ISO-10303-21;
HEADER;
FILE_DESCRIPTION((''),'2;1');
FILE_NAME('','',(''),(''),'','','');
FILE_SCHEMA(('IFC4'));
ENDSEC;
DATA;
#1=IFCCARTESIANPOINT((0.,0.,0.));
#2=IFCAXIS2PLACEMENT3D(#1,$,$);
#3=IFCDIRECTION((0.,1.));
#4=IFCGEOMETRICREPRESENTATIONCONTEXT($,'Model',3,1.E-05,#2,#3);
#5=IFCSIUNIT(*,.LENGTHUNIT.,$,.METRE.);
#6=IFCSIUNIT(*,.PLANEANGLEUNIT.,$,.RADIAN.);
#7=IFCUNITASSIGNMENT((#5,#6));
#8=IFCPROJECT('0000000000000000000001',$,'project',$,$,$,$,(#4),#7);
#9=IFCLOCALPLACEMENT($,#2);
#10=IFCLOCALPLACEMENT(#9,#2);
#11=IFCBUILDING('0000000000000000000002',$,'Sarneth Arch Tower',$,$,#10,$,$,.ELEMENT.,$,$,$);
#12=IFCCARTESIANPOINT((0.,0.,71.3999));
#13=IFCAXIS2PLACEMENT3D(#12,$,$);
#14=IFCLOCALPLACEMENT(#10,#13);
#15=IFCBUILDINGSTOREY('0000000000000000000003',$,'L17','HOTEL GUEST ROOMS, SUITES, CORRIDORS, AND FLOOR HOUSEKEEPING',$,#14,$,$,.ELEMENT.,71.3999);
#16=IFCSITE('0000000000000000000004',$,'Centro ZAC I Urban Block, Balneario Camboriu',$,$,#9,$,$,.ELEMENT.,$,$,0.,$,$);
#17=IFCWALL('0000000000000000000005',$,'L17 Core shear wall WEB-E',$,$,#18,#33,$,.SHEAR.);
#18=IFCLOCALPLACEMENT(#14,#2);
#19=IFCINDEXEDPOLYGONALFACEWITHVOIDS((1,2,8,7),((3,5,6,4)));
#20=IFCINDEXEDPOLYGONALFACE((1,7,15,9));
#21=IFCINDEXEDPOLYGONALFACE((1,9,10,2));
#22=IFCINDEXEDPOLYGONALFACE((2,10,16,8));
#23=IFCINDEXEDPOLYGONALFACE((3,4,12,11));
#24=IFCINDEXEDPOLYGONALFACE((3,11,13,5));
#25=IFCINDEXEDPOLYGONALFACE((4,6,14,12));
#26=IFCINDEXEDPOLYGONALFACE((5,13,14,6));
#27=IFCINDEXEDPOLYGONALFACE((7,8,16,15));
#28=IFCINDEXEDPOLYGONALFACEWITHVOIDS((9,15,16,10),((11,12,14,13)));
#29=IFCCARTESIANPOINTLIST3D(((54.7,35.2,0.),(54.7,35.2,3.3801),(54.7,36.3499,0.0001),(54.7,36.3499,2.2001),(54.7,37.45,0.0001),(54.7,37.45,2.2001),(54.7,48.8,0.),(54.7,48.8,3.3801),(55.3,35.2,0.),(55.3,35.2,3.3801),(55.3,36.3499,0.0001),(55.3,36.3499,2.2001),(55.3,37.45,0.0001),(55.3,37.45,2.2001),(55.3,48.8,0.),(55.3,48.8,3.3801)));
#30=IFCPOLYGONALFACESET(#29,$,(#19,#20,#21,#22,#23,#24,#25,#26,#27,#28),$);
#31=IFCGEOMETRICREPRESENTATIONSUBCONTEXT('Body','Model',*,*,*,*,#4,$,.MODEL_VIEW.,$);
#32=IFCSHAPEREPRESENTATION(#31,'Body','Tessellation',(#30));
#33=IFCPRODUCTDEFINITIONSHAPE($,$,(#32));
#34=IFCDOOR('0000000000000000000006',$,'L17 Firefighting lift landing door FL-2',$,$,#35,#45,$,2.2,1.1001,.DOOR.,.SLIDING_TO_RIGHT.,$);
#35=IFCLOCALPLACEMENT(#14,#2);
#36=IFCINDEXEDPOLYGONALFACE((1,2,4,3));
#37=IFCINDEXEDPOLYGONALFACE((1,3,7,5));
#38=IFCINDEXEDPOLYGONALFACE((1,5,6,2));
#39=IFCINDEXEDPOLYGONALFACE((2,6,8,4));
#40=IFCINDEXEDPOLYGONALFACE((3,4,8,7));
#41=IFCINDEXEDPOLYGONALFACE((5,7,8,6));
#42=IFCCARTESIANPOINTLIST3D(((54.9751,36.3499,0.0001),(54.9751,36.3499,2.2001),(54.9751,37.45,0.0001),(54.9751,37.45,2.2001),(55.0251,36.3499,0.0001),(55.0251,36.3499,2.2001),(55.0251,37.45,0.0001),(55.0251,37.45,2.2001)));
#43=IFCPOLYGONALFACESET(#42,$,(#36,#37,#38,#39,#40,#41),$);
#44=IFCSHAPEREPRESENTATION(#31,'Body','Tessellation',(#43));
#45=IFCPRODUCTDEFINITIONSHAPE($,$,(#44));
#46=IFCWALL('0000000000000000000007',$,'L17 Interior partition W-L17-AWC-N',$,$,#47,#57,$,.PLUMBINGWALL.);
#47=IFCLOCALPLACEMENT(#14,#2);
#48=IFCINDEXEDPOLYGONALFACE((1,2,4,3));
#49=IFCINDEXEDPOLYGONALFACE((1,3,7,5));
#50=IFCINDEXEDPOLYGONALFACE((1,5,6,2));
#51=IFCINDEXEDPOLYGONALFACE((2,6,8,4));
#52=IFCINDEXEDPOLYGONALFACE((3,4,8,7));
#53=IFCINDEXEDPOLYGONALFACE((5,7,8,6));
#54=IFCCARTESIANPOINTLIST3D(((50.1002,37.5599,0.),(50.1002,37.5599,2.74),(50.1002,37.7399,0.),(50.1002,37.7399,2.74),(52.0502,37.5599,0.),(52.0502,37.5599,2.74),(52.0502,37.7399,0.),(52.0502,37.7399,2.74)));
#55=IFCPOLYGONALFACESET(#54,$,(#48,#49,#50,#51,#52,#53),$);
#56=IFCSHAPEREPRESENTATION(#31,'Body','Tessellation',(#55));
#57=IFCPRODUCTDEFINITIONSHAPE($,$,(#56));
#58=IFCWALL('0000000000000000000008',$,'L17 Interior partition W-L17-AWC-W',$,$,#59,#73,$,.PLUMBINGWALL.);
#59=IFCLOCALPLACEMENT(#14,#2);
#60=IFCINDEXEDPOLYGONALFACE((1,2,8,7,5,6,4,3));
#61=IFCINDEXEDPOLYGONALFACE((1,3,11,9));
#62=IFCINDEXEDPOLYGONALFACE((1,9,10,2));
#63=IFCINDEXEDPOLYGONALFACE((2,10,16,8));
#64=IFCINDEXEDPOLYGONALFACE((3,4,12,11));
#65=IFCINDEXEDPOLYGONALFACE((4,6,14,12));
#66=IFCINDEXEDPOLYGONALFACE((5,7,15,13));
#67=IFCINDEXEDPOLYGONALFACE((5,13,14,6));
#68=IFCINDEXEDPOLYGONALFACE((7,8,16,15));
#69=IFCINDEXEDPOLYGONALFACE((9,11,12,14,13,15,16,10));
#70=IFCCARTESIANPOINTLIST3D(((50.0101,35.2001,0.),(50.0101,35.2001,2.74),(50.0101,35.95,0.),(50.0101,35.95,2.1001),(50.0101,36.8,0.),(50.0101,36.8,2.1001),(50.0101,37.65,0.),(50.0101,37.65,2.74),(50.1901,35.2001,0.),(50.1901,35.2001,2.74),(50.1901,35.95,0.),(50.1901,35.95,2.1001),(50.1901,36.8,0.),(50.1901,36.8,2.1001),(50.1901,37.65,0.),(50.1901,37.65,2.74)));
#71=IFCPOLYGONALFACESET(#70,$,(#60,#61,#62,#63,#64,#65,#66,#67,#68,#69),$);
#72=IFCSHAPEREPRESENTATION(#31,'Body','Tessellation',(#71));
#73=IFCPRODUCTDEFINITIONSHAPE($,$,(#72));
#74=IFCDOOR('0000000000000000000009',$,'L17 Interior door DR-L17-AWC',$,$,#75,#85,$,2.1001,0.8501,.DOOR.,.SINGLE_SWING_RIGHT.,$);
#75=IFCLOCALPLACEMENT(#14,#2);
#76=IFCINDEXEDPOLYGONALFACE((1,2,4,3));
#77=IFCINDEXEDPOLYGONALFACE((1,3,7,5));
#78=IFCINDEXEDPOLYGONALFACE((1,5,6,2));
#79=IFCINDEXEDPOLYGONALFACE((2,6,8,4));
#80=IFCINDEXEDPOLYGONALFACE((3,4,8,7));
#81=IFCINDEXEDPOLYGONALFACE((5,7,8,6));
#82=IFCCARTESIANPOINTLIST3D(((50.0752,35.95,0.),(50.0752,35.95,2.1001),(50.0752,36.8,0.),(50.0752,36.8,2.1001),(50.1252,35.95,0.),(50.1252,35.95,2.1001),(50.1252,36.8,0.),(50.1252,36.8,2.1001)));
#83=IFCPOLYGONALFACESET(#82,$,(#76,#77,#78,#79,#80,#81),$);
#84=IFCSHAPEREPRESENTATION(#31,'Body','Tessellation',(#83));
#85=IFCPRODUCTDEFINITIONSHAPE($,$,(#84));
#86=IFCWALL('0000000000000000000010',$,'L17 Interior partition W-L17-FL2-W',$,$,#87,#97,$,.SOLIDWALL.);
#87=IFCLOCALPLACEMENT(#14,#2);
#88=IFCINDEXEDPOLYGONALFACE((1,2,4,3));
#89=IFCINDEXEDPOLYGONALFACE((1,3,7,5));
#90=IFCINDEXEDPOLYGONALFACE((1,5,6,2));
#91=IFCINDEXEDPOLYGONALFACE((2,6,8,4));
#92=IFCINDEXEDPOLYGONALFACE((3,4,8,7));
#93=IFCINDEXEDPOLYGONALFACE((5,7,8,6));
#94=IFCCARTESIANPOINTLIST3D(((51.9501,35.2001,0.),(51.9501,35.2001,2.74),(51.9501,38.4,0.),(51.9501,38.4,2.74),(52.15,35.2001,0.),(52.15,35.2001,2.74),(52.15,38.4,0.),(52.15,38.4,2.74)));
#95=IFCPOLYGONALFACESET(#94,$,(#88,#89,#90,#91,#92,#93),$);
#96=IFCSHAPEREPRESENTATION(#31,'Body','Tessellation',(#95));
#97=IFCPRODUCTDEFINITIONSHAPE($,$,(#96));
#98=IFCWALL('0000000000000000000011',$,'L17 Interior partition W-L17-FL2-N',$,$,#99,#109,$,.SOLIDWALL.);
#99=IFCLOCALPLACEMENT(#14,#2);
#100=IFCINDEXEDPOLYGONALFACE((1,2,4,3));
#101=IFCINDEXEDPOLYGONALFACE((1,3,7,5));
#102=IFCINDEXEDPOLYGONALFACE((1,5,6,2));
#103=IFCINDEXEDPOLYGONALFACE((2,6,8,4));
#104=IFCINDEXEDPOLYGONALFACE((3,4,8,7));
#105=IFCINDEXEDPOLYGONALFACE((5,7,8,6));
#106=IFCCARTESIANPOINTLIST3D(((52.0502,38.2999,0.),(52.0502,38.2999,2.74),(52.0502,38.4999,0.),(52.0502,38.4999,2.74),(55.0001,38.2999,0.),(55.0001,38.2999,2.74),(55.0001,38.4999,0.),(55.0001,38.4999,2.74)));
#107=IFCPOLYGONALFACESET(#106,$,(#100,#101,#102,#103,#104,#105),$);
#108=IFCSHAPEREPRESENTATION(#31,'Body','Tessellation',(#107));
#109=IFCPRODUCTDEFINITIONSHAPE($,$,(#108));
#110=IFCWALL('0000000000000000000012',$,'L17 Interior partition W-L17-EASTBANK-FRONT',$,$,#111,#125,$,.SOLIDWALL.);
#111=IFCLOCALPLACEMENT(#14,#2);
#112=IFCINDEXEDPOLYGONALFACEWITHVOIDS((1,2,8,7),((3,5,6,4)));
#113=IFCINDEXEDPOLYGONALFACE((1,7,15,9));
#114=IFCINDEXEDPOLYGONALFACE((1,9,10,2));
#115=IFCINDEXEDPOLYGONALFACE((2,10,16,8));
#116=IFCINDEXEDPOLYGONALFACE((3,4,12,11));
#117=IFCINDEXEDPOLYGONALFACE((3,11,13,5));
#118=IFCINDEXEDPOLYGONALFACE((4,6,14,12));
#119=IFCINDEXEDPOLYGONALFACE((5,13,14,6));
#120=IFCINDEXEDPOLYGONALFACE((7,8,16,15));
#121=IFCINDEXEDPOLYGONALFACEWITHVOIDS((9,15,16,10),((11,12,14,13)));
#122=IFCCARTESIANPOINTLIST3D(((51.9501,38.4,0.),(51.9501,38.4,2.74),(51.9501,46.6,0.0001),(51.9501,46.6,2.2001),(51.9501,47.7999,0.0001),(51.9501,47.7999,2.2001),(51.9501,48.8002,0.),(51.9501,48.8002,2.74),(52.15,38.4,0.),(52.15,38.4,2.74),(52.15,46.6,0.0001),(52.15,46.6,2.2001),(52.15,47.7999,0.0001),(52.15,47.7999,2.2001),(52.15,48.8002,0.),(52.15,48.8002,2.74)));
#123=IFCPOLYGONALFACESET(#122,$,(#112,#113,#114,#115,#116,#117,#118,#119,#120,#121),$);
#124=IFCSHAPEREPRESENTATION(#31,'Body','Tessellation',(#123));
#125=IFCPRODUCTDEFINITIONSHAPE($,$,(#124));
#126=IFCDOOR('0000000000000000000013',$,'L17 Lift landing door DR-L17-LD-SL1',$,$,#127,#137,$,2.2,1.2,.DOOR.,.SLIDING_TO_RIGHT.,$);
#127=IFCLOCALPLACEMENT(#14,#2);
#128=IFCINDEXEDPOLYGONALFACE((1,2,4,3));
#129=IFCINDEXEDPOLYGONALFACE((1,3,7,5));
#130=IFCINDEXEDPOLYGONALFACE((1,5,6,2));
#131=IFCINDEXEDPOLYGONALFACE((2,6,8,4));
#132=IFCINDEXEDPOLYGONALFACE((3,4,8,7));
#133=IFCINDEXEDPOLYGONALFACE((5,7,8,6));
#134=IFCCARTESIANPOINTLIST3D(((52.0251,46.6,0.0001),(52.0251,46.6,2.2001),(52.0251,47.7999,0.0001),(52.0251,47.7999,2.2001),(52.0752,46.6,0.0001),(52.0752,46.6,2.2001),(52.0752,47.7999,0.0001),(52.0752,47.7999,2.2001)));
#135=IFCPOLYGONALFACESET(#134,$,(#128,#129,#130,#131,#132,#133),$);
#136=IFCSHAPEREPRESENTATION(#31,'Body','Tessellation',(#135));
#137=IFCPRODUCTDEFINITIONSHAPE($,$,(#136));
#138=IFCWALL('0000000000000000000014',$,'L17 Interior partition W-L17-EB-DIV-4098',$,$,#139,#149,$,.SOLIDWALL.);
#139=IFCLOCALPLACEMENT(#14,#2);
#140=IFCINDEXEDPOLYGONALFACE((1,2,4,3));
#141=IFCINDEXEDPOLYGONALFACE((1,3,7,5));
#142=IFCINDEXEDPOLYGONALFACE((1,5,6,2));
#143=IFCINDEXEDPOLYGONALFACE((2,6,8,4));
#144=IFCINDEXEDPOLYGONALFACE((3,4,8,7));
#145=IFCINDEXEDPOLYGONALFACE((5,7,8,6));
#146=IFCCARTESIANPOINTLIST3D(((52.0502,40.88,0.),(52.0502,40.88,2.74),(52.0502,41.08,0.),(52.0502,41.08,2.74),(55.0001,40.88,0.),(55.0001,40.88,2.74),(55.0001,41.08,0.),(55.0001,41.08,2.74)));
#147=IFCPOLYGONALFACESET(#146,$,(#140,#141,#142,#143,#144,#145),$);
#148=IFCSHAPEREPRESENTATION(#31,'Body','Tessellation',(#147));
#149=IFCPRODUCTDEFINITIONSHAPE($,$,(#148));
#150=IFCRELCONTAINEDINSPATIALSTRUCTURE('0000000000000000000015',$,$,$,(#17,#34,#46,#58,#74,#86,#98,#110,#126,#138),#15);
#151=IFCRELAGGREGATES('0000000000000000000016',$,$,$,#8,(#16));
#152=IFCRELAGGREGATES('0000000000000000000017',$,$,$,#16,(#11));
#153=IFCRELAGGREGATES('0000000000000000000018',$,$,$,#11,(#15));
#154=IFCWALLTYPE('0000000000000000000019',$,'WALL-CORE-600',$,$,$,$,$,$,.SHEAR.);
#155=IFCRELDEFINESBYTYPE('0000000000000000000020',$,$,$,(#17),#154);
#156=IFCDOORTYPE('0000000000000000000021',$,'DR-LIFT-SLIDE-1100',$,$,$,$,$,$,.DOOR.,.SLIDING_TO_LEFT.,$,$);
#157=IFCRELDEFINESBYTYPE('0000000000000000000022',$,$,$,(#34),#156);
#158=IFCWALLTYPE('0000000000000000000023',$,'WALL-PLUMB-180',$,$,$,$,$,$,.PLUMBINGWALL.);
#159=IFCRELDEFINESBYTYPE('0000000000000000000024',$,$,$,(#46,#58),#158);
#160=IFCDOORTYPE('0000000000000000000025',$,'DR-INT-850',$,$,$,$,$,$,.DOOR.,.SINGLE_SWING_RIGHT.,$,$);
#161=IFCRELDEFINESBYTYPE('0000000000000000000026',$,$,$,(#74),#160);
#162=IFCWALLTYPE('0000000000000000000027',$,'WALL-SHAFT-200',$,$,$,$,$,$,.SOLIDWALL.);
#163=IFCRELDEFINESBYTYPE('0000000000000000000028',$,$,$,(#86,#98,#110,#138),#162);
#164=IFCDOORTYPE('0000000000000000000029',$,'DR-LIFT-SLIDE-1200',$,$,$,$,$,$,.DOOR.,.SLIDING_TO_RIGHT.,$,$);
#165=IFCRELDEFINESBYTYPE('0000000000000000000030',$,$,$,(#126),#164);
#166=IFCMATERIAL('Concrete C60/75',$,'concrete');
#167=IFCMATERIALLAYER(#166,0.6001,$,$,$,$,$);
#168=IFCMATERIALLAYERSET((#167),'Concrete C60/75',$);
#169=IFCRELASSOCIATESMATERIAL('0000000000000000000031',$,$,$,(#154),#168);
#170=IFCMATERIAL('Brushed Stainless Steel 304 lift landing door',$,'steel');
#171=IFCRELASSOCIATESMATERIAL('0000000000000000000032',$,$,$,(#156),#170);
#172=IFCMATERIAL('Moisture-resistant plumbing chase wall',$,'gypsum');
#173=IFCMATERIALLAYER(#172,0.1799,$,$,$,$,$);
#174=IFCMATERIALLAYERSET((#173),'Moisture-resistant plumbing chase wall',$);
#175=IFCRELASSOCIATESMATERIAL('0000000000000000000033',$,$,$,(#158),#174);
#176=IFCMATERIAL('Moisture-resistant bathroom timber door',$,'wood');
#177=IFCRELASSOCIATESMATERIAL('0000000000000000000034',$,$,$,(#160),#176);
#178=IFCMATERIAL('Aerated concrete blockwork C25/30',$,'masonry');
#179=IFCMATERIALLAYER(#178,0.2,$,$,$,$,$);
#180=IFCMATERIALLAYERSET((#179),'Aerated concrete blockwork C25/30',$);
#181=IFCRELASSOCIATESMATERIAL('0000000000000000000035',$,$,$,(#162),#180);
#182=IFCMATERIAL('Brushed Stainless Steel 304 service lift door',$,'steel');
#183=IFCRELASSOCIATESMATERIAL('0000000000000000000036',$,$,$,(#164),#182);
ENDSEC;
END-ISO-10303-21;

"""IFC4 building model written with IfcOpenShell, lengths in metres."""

from ifc_helpers import new_model, si_unit, direction, frame, frame_2d, origin, place, context, subcontext, project, spatial, rectangle, extrude, material, layer, layer_set, type_object, element, fill, save


model = new_model("IFC4")

# Units and contexts
model_context = context("Model", 3, precision=1e-05, world=origin(), true_north=direction((0.0, 1.0)))
body_context = subcontext(model_context, "Body", "Model", "MODEL_VIEW")
ifc_project = project(units=[si_unit("LENGTHUNIT", "METRE"), si_unit("PLANEANGLEUNIT", "RADIAN")], contexts=[model_context])

# Site, building, storey
site_placement = place(None, origin())
site = spatial("IfcSite", under=ifc_project, at=site_placement, Name="Centro ZAC I Urban Block, Balneario Camboriu", CompositionType="ELEMENT", RefElevation=0.0)
building_placement = place(site_placement, origin())
building = spatial("IfcBuilding", under=site, at=building_placement, Name="Sarneth Arch Tower", CompositionType="ELEMENT")
storey_placement = place(building_placement, frame((0.0, 0.0, 71.3999)))
storey = spatial("IfcBuildingStorey", under=building, at=storey_placement, Name="L17", Description="HOTEL GUEST ROOMS, SUITES, CORRIDORS, AND FLOOR HOUSEKEEPING", CompositionType="ELEMENT", Elevation=71.3999)

# Shared definitions
ifc_material_1 = material(Name="Concrete C60/75", Category="concrete")
ifc_layer_1 = layer(ifc_material_1, 0.6001)
ifc_layer_set_1 = layer_set([ifc_layer_1], Name="Concrete C60/75")
wall_type_1 = type_object("IfcWallType", Name="WALL-CORE-600", PredefinedType="SHEAR", material=ifc_layer_set_1)

# Wall, opening, door
wall_1_placement = place(storey_placement, frame((55.0, 35.2, 0.0), z_axis=(0.0, 0.0, 1.0), x_axis=(0.0, 1.0, 0.0)))
wall_1 = element("IfcWall", 1, at=wall_1_placement, inside=storey, type_object=wall_type_1, Name="L17 Core shear wall WEB-E", PredefinedType="SHEAR", context=body_context, shape_type="SweptSolid", body=[
    extrude(rectangle(XDim=13.6001, YDim=0.6001, at=frame_2d((6.8, 0.0))), origin(), (0.0, 0.0, 1.0), 3.3801),
])
opening_1_placement = place(wall_1_placement, frame((1.1499, 0.0, 0.0)))
opening_1 = element("IfcOpeningElement", 2, at=opening_1_placement, cuts=wall_1, PredefinedType="OPENING", context=body_context, shape_type="SweptSolid", body=[
    extrude(rectangle(XDim=1.1001, YDim=2.2, at=frame_2d((0.55, 1.1001))), frame((0.0, 0.3101, 0.0), z_axis=(0.0, -1.0, 0.0), x_axis=(1.0, 0.0, 0.0)), (0.0, 0.0, 1.0), 0.6201),
])
ifc_material_2 = material(Name="Brushed Stainless Steel 304 lift landing door", Category="steel")
door_type_1 = type_object("IfcDoorType", Name="DR-LIFT-SLIDE-1100", OperationType="SLIDING_TO_LEFT", PredefinedType="DOOR", material=ifc_material_2)
door_1_placement = place(opening_1_placement, origin())
door_1 = element("IfcDoor", 3, at=door_1_placement, inside=storey, type_object=door_type_1, Name="L17 Firefighting lift landing door FL-2", OperationType="SLIDING_TO_RIGHT", OverallHeight=2.2, OverallWidth=1.1001, PredefinedType="DOOR", context=body_context, shape_type="SweptSolid", body=[
    extrude(rectangle(XDim=1.1001, YDim=2.2, at=frame_2d((0.55, 1.1001))), frame((0.0, 0.0249, 0.0), z_axis=(0.0, -1.0, 0.0), x_axis=(1.0, 0.0, 0.0)), (0.0, 0.0, 1.0), 0.05),
])
fill(opening_1, door_1)

# Wall
ifc_material_3 = material(Name="Moisture-resistant plumbing chase wall", Category="gypsum")
ifc_layer_2 = layer(ifc_material_3, 0.1799)
ifc_layer_set_2 = layer_set([ifc_layer_2], Name="Moisture-resistant plumbing chase wall")
wall_type_2 = type_object("IfcWallType", Name="WALL-PLUMB-180", PredefinedType="PLUMBINGWALL", material=ifc_layer_set_2)
wall_2_placement = place(storey_placement, frame((50.1001, 37.6499, 0.0), z_axis=(0.0, 0.0, 1.0), x_axis=(1.0, 0.0, 0.0)))
element("IfcWall", 4, at=wall_2_placement, inside=storey, type_object=wall_type_2, Name="L17 Interior partition W-L17-AWC-N", PredefinedType="PLUMBINGWALL", context=body_context, shape_type="SweptSolid", body=[
    extrude(rectangle(XDim=1.95, YDim=0.1799, at=frame_2d((0.9751, 0.0))), origin(), (0.0, 0.0, 1.0), 2.74),
])

# Wall, opening, door
wall_3_placement = place(storey_placement, frame((50.1001, 35.2, 0.0), z_axis=(0.0, 0.0, 1.0), x_axis=(0.0, 1.0, 0.0)))
wall_3 = element("IfcWall", 5, at=wall_3_placement, inside=storey, type_object=wall_type_2, Name="L17 Interior partition W-L17-AWC-W", PredefinedType="PLUMBINGWALL", context=body_context, shape_type="SweptSolid", body=[
    extrude(rectangle(XDim=2.45, YDim=0.1799, at=frame_2d((1.2251, 0.0))), origin(), (0.0, 0.0, 1.0), 2.74),
])
opening_2_placement = place(wall_3_placement, frame((0.75, 0.0, 0.0)))
opening_2 = element("IfcOpeningElement", 6, at=opening_2_placement, cuts=wall_3, PredefinedType="OPENING", context=body_context, shape_type="SweptSolid", body=[
    extrude(rectangle(XDim=0.8501, YDim=2.1001, at=frame_2d((0.425, 1.05))), frame((0.0, 0.0999, 0.0), z_axis=(0.0, -1.0, 0.0), x_axis=(1.0, 0.0, 0.0)), (0.0, 0.0, 1.0), 0.2),
])
ifc_material_4 = material(Name="Moisture-resistant bathroom timber door", Category="wood")
door_type_2 = type_object("IfcDoorType", Name="DR-INT-850", OperationType="SINGLE_SWING_RIGHT", PredefinedType="DOOR", material=ifc_material_4)
door_2_placement = place(opening_2_placement, origin())
door_2 = element("IfcDoor", 7, at=door_2_placement, inside=storey, type_object=door_type_2, Name="L17 Interior door DR-L17-AWC", OperationType="SINGLE_SWING_RIGHT", OverallHeight=2.1001, OverallWidth=0.8501, PredefinedType="DOOR", context=body_context, shape_type="SweptSolid", body=[
    extrude(rectangle(XDim=0.8501, YDim=2.1001, at=frame_2d((0.425, 1.05))), frame((0.0, 0.0249, 0.0), z_axis=(0.0, -1.0, 0.0), x_axis=(1.0, 0.0, 0.0)), (0.0, 0.0, 1.0), 0.05),
])
fill(opening_2, door_2)
ifc_material_5 = material(Name="Aerated concrete blockwork C25/30", Category="masonry")
ifc_layer_3 = layer(ifc_material_5, 0.2)
ifc_layer_set_3 = layer_set([ifc_layer_3], Name="Aerated concrete blockwork C25/30")
wall_type_3 = type_object("IfcWallType", Name="WALL-SHAFT-200", PredefinedType="SOLIDWALL", material=ifc_layer_set_3)

# Walls
wall_4_placement = place(storey_placement, frame((52.05, 35.2, 0.0), z_axis=(0.0, 0.0, 1.0), x_axis=(0.0, 1.0, 0.0)))
element("IfcWall", 8, at=wall_4_placement, inside=storey, type_object=wall_type_3, Name="L17 Interior partition W-L17-FL2-W", PredefinedType="SOLIDWALL", context=body_context, shape_type="SweptSolid", body=[
    extrude(rectangle(XDim=3.2, YDim=0.2, at=frame_2d((1.6001, 0.0))), origin(), (0.0, 0.0, 1.0), 2.74),
])
wall_5_placement = place(storey_placement, frame((52.05, 38.3999, 0.0), z_axis=(0.0, 0.0, 1.0), x_axis=(1.0, 0.0, 0.0)))
element("IfcWall", 9, at=wall_5_placement, inside=storey, type_object=wall_type_3, Name="L17 Interior partition W-L17-FL2-N", PredefinedType="SOLIDWALL", context=body_context, shape_type="SweptSolid", body=[
    extrude(rectangle(XDim=2.95, YDim=0.2, at=frame_2d((1.4751, 0.0))), origin(), (0.0, 0.0, 1.0), 2.74),
])

# Wall, opening, door
wall_6_placement = place(storey_placement, frame((52.05, 38.3999, 0.0), z_axis=(0.0, 0.0, 1.0), x_axis=(0.0, 1.0, 0.0)))
wall_6 = element("IfcWall", 10, at=wall_6_placement, inside=storey, type_object=wall_type_3, Name="L17 Interior partition W-L17-EASTBANK-FRONT", PredefinedType="SOLIDWALL", context=body_context, shape_type="SweptSolid", body=[
    extrude(rectangle(XDim=10.4001, YDim=0.2, at=frame_2d((5.2002, 0.0))), origin(), (0.0, 0.0, 1.0), 2.74),
])
opening_3_placement = place(wall_6_placement, frame((8.2, 0.0, 0.0)))
opening_3 = element("IfcOpeningElement", 11, at=opening_3_placement, cuts=wall_6, PredefinedType="OPENING", context=body_context, shape_type="SweptSolid", body=[
    extrude(rectangle(XDim=1.2, YDim=2.2, at=frame_2d((0.6001, 1.1001))), frame((0.0, 0.1099, 0.0), z_axis=(0.0, -1.0, 0.0), x_axis=(1.0, 0.0, 0.0)), (0.0, 0.0, 1.0), 0.22),
])
ifc_material_6 = material(Name="Brushed Stainless Steel 304 service lift door", Category="steel")
door_type_3 = type_object("IfcDoorType", Name="DR-LIFT-SLIDE-1200", OperationType="SLIDING_TO_RIGHT", PredefinedType="DOOR", material=ifc_material_6)
door_3_placement = place(opening_3_placement, origin())
door_3 = element("IfcDoor", 12, at=door_3_placement, inside=storey, type_object=door_type_3, Name="L17 Lift landing door DR-L17-LD-SL1", OperationType="SLIDING_TO_RIGHT", OverallHeight=2.2, OverallWidth=1.2, PredefinedType="DOOR", context=body_context, shape_type="SweptSolid", body=[
    extrude(rectangle(XDim=1.2, YDim=2.2, at=frame_2d((0.6001, 1.1001))), frame((0.0, 0.0249, 0.0), z_axis=(0.0, -1.0, 0.0), x_axis=(1.0, 0.0, 0.0)), (0.0, 0.0, 1.0), 0.05),
])
fill(opening_3, door_3)

# Wall
wall_7_placement = place(storey_placement, frame((52.05, 40.98, 0.0), z_axis=(0.0, 0.0, 1.0), x_axis=(1.0, 0.0, 0.0)))
element("IfcWall", 13, at=wall_7_placement, inside=storey, type_object=wall_type_3, Name="L17 Interior partition W-L17-EB-DIV-4098", PredefinedType="SOLIDWALL", context=body_context, shape_type="SweptSolid", body=[
    extrude(rectangle(XDim=2.95, YDim=0.2, at=frame_2d((1.4751, 0.0))), origin(), (0.0, 0.0, 1.0), 2.74),
])

save(model, "model.ifc")
